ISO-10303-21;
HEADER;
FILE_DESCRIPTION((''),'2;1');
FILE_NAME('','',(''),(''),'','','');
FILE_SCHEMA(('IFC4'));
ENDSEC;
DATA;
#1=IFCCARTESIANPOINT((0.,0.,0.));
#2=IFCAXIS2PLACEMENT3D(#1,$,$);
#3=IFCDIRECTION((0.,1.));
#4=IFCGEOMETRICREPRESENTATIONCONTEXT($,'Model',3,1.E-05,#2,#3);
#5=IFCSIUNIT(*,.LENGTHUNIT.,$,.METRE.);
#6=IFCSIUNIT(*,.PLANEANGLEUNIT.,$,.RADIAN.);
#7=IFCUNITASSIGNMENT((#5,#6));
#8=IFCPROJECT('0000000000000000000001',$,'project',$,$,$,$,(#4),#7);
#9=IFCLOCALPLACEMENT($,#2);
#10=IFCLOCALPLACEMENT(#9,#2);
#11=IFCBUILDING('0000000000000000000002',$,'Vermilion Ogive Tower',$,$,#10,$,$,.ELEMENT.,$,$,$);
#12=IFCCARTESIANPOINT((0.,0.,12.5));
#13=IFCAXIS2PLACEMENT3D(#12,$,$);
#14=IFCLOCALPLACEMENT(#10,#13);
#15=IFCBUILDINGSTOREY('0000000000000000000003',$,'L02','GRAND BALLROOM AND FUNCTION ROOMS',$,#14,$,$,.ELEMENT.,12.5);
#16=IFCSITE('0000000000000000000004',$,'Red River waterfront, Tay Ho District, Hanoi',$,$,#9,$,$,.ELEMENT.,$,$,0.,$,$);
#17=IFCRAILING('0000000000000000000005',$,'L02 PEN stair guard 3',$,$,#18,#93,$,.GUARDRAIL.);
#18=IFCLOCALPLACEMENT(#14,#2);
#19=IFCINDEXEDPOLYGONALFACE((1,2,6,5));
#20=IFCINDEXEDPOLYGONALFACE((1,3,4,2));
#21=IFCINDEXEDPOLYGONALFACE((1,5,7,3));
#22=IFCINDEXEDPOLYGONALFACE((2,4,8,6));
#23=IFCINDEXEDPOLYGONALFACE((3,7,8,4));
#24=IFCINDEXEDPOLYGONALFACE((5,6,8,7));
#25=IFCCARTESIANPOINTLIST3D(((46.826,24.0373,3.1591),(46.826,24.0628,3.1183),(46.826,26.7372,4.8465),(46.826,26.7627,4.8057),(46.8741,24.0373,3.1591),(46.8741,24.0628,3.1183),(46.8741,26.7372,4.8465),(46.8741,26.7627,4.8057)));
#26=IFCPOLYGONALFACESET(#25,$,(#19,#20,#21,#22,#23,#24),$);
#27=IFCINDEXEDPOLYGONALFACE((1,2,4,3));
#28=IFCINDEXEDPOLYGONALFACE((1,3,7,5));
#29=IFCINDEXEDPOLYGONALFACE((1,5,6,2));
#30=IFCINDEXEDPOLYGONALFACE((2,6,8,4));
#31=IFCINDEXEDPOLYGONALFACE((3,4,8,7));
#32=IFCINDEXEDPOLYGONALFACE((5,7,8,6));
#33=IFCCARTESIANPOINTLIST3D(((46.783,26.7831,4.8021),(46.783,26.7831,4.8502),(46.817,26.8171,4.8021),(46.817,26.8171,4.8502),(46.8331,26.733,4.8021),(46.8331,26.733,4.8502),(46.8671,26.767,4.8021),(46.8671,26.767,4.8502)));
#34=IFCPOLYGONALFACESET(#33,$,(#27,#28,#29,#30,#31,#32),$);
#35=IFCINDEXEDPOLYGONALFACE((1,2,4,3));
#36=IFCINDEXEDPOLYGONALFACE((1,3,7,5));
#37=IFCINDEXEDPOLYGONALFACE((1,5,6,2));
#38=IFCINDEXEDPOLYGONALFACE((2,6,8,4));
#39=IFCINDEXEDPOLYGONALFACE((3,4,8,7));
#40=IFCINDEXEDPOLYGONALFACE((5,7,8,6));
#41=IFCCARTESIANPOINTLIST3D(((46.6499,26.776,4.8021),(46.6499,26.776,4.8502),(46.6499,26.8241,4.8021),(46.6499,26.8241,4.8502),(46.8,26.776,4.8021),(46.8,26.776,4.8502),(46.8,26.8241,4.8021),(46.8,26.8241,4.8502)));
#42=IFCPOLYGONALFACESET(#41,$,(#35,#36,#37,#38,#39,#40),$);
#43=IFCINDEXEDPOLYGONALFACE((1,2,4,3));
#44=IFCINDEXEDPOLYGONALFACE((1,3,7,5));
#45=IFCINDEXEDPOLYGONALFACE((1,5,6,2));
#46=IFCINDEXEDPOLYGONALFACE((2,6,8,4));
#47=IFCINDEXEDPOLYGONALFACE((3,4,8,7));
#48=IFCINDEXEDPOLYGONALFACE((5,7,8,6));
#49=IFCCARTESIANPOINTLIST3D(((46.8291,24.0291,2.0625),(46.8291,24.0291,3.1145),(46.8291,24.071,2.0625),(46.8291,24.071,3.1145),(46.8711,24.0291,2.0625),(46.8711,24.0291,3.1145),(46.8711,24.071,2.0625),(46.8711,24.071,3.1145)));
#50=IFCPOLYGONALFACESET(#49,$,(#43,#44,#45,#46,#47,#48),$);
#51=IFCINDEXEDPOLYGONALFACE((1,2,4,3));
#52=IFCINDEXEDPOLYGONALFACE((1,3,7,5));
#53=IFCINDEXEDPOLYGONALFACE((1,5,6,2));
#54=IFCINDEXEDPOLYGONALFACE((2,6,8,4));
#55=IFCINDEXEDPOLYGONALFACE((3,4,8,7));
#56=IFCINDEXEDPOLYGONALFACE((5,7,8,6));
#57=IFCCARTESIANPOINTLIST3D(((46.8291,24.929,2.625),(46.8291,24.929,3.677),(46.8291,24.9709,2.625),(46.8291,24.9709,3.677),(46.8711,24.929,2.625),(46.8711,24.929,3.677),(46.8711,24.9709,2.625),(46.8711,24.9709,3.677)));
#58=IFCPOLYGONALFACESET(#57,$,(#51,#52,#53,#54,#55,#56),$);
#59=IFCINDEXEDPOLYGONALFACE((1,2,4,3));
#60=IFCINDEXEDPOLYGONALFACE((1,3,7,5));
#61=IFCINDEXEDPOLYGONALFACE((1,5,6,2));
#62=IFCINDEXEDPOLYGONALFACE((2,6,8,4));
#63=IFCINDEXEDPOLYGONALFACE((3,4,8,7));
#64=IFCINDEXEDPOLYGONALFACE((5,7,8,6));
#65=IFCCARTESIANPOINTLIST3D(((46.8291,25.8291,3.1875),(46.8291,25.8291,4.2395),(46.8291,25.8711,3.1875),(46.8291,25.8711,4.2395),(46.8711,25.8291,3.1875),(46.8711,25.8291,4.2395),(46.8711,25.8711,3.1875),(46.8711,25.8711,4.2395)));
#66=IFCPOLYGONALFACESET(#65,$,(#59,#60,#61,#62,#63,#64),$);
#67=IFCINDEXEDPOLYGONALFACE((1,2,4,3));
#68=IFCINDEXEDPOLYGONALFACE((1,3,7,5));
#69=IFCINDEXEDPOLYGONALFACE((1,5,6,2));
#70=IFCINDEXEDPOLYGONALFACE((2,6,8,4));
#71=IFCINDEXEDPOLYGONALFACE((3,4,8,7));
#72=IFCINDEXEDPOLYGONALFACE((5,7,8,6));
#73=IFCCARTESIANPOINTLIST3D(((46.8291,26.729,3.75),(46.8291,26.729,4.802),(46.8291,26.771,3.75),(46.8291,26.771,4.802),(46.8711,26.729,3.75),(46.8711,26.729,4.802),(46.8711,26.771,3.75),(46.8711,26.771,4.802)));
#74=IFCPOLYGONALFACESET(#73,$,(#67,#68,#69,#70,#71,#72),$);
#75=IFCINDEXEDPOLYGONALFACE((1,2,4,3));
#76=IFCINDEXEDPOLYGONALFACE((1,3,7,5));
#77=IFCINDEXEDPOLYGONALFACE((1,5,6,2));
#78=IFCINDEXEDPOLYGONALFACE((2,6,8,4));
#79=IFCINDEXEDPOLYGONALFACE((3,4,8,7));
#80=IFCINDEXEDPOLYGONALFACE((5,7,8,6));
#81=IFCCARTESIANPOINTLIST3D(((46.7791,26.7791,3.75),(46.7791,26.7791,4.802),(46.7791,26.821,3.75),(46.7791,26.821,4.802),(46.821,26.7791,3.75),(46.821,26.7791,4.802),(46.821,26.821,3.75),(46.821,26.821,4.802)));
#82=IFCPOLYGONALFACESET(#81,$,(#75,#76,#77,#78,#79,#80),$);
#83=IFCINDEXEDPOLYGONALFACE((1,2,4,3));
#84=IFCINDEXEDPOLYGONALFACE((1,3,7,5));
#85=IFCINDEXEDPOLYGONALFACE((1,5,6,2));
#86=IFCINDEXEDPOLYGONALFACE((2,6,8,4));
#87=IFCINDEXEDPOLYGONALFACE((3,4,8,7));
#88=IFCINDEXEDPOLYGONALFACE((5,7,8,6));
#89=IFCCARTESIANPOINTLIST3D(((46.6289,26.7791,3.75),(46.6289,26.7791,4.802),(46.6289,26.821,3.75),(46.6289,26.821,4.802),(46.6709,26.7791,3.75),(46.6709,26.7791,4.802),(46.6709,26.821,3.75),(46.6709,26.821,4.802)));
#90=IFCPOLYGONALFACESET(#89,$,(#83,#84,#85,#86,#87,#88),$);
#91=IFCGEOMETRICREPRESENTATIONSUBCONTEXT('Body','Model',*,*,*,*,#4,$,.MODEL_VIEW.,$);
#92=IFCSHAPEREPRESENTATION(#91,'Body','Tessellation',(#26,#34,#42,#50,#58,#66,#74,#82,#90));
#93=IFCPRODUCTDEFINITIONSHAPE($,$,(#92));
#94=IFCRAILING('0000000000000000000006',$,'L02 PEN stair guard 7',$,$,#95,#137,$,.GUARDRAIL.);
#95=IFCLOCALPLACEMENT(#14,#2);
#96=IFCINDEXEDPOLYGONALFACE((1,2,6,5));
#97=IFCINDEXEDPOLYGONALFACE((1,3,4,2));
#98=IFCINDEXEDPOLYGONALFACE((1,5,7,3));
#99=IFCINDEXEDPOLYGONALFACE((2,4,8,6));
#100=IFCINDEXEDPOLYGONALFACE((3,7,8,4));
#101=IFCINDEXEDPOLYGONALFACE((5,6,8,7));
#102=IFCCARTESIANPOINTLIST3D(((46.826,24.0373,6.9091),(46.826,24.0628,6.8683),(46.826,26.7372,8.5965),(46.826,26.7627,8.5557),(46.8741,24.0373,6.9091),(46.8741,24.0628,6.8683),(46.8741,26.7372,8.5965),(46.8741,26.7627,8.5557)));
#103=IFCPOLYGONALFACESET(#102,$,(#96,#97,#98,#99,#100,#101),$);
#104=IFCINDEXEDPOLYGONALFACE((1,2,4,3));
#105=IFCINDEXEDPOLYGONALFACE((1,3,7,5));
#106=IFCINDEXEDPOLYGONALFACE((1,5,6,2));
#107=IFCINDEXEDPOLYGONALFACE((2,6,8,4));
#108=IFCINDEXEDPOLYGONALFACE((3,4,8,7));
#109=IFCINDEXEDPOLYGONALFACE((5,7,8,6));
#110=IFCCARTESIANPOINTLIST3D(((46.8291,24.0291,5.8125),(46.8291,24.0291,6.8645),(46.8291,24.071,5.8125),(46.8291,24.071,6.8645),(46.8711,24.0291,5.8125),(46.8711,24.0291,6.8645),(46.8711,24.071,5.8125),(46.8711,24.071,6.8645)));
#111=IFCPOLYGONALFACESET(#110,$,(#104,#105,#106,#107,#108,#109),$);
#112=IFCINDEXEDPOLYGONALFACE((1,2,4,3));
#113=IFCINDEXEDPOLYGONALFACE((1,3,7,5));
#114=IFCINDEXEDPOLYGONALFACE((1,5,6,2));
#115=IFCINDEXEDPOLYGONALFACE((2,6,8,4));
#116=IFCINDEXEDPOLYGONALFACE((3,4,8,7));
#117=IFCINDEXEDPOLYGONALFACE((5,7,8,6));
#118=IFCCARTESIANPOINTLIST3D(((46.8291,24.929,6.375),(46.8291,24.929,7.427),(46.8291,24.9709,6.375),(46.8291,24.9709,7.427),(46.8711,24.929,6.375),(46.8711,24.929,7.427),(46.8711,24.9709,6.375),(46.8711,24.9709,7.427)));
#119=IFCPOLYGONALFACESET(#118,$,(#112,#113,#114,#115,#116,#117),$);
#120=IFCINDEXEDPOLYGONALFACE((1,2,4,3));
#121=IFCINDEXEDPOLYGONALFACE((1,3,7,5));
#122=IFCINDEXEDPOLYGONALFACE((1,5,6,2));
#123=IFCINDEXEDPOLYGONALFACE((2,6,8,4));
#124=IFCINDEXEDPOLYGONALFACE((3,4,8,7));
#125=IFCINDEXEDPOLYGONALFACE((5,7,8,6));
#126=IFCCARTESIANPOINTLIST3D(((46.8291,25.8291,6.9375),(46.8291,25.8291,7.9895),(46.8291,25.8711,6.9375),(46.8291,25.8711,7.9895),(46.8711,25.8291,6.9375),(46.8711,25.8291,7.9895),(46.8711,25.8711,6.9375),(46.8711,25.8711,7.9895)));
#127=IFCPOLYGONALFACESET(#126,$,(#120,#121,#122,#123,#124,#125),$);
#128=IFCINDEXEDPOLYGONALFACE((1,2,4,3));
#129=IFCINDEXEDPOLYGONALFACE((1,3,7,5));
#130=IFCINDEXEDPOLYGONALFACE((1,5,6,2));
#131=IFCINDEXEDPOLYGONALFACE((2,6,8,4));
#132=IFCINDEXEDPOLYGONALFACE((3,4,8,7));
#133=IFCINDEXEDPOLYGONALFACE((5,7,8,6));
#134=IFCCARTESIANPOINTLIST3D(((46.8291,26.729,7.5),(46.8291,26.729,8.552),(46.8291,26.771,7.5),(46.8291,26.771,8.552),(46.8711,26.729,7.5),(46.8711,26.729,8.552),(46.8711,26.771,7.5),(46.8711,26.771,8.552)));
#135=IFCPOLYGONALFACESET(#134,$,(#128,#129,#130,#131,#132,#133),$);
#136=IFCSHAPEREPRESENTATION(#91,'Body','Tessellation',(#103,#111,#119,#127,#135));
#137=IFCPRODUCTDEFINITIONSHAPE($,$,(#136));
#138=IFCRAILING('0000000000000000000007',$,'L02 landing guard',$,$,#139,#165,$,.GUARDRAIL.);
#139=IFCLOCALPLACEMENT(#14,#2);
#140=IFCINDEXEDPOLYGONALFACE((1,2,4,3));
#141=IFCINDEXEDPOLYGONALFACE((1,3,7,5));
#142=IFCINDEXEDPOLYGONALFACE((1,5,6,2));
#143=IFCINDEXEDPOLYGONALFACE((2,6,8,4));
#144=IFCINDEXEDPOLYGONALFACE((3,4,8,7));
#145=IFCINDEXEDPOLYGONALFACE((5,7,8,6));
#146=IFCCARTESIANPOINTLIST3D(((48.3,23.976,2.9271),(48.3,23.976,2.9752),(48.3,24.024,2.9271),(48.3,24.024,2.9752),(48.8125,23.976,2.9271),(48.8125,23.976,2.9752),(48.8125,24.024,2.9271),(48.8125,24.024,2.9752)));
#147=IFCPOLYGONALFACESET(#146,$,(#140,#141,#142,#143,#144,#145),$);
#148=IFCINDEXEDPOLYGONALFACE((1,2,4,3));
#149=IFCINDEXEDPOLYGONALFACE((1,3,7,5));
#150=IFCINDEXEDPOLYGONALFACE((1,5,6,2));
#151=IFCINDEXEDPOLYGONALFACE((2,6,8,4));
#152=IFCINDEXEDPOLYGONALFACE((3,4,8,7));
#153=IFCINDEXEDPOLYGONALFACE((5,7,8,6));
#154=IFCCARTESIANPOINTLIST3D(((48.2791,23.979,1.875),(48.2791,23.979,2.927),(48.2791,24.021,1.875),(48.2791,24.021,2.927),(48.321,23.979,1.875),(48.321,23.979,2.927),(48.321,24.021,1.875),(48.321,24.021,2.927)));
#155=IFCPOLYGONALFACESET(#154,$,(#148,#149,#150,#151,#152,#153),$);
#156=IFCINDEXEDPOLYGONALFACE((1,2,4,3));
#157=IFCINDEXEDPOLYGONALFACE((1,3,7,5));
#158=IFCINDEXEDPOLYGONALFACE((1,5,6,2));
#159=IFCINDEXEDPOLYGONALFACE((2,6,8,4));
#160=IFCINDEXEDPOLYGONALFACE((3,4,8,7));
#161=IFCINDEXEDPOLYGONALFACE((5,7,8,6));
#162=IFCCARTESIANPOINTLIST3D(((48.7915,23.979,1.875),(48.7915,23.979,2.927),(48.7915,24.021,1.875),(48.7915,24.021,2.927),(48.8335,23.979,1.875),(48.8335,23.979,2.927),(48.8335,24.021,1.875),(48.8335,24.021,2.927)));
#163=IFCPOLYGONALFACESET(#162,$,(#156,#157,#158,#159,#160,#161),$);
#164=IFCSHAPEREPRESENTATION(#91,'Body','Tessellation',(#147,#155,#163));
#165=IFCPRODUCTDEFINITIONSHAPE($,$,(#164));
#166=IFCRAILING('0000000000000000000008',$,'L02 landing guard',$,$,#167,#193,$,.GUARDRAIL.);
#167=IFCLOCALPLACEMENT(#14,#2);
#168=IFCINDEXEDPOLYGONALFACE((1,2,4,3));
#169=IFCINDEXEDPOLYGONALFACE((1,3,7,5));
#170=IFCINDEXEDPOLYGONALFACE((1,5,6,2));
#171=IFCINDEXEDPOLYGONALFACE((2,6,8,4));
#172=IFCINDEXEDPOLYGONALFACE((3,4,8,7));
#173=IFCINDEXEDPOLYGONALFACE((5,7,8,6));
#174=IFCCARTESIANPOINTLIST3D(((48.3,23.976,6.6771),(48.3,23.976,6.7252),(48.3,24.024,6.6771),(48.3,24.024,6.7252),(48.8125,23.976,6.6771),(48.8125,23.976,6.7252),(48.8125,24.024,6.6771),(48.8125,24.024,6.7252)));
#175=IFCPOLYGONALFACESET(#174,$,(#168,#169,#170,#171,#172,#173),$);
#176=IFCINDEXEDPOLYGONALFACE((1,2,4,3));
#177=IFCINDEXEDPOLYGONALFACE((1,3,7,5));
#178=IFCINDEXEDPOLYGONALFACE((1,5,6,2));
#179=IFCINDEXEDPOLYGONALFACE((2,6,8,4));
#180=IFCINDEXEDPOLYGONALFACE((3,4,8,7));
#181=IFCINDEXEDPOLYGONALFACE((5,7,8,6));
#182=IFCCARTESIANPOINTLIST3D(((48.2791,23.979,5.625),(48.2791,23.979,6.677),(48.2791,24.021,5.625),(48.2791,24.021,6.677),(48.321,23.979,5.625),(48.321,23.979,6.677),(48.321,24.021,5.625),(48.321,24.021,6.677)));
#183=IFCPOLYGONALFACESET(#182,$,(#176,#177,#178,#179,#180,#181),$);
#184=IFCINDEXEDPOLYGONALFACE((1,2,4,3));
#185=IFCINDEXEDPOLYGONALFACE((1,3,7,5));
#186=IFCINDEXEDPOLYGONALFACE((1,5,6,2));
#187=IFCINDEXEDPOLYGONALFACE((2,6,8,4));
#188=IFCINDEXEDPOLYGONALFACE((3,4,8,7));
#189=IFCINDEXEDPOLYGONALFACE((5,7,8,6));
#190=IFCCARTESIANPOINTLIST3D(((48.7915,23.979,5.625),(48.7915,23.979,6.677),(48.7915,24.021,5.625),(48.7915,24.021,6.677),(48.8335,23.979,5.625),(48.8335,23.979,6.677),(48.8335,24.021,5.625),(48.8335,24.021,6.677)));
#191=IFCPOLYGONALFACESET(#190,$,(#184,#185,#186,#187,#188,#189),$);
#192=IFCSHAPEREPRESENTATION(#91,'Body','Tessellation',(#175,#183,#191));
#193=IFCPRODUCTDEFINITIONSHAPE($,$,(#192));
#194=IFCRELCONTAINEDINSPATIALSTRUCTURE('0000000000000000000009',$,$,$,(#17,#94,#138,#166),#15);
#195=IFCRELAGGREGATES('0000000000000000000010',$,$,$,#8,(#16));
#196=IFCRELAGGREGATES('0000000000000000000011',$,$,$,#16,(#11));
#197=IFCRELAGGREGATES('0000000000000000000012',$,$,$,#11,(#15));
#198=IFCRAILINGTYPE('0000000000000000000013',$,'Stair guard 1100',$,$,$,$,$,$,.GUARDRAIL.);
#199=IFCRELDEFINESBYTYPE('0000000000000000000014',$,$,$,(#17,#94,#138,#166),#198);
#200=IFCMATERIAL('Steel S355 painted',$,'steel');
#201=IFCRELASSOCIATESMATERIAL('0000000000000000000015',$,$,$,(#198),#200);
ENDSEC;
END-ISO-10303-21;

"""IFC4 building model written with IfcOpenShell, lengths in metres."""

from ifc_helpers import new_model, si_unit, direction, frame, origin, origin_2d, place, context, subcontext, project, spatial, rectangle, extrude, material, type_object, element, save


model = new_model("IFC4")

# Units and contexts
model_context = context("Model", 3, precision=1e-05, world=origin(), true_north=direction((0.0, 1.0)))
body_context = subcontext(model_context, "Body", "Model", "MODEL_VIEW")
ifc_project = project(units=[si_unit("LENGTHUNIT", "METRE"), si_unit("PLANEANGLEUNIT", "RADIAN")], contexts=[model_context])

# Site, building, storey
site_placement = place(None, origin())
site = spatial("IfcSite", under=ifc_project, at=site_placement, Name="Red River waterfront, Tay Ho District, Hanoi", CompositionType="ELEMENT", RefElevation=0.0)
building_placement = place(site_placement, origin())
building = spatial("IfcBuilding", under=site, at=building_placement, Name="Vermilion Ogive Tower", CompositionType="ELEMENT")
storey_placement = place(building_placement, frame((0.0, 0.0, 12.5)))
storey = spatial("IfcBuildingStorey", under=building, at=storey_placement, Name="L02", Description="GRAND BALLROOM AND FUNCTION ROOMS", CompositionType="ELEMENT", Elevation=12.5)

# Railings
ifc_material_1 = material(Name="Steel S355 painted", Category="steel")
railing_type = type_object("IfcRailingType", Name="Stair guard 1100", PredefinedType="GUARDRAIL", material=ifc_material_1)
railing_1_placement = place(storey_placement, frame((46.8501, 24.05, 2.0625)))
element("IfcRailing", 1, at=railing_1_placement, inside=storey, type_object=railing_type, Name="L02 PEN stair guard 3", PredefinedType="GUARDRAIL", context=body_context, shape_type="SweptSolid", body=[
    extrude(rectangle(XDim=0.0481, YDim=0.0481, at=origin_2d()), frame((0.0, 0.0, 1.0762), z_axis=(0.0, 0.847994, 0.530006), x_axis=(-1.0, 0.0, 0.0)), (0.0, 0.0, 1.0), 3.1838),
    extrude(rectangle(XDim=0.0481, YDim=0.0481, at=origin_2d()), frame((0.0, 2.7, 2.7637), z_axis=(-0.707107, 0.707107, 0.0), x_axis=(-0.707107, -0.707107, 0.0)), (0.0, 0.0, 1.0), 0.0708),
    extrude(rectangle(XDim=0.0481, YDim=0.0481, at=origin_2d()), frame((-0.05, 2.75, 2.7637), z_axis=(-1.0, 0.0, 0.0), x_axis=(0.0, -1.0, 0.0)), (0.0, 0.0, 1.0), 0.1501),
    extrude(rectangle(XDim=0.042, YDim=0.042, at=origin_2d()), origin(), (0.0, 0.0, 1.0), 1.052),
    extrude(rectangle(XDim=0.042, YDim=0.042, at=origin_2d()), frame((0.0, 0.8999, 0.5625)), (0.0, 0.0, 1.0), 1.052),
    extrude(rectangle(XDim=0.042, YDim=0.042, at=origin_2d()), frame((0.0, 1.8, 1.125)), (0.0, 0.0, 1.0), 1.052),
    extrude(rectangle(XDim=0.042, YDim=0.042, at=origin_2d()), frame((0.0, 2.7, 1.6875)), (0.0, 0.0, 1.0), 1.052),
    extrude(rectangle(XDim=0.042, YDim=0.042, at=origin_2d()), frame((-0.05, 2.75, 1.6875)), (0.0, 0.0, 1.0), 1.052),
    extrude(rectangle(XDim=0.042, YDim=0.042, at=origin_2d()), frame((-0.2002, 2.75, 1.6875)), (0.0, 0.0, 1.0), 1.052),
])
railing_2_placement = place(storey_placement, frame((46.8501, 24.05, 5.8125)))
element("IfcRailing", 2, at=railing_2_placement, inside=storey, type_object=railing_type, Name="L02 PEN stair guard 7", PredefinedType="GUARDRAIL", context=body_context, shape_type="SweptSolid", body=[
    extrude(rectangle(XDim=0.0481, YDim=0.0481, at=origin_2d()), frame((0.0, 0.0, 1.0762), z_axis=(0.0, 0.847994, 0.530006), x_axis=(-1.0, 0.0, 0.0)), (0.0, 0.0, 1.0), 3.1838),
    extrude(rectangle(XDim=0.042, YDim=0.042, at=origin_2d()), origin(), (0.0, 0.0, 1.0), 1.052),
    extrude(rectangle(XDim=0.042, YDim=0.042, at=origin_2d()), frame((0.0, 0.8999, 0.5625)), (0.0, 0.0, 1.0), 1.052),
    extrude(rectangle(XDim=0.042, YDim=0.042, at=origin_2d()), frame((0.0, 1.8, 1.125)), (0.0, 0.0, 1.0), 1.052),
    extrude(rectangle(XDim=0.042, YDim=0.042, at=origin_2d()), frame((0.0, 2.7, 1.6875)), (0.0, 0.0, 1.0), 1.052),
])
for number, where, name in (
    (3, (48.3, 24.0, 1.875), "L02 landing guard"),
    (4, (48.3, 24.0, 5.625), "L02 landing guard"),
):
    element("IfcRailing", number, at=place(storey_placement, frame(where)), inside=storey, type_object=railing_type, Name=name, PredefinedType="GUARDRAIL", context=body_context, shape_type="SweptSolid", body=[
        extrude(rectangle(XDim=0.0481, YDim=0.0481, at=origin_2d()), frame((0.0, 0.0, 1.0762), z_axis=(1.0, 0.0, 0.0), x_axis=(0.0, 1.0, 0.0)), (0.0, 0.0, 1.0), 0.5125),
        extrude(rectangle(XDim=0.042, YDim=0.042, at=origin_2d()), origin(), (0.0, 0.0, 1.0), 1.052),
        extrude(rectangle(XDim=0.042, YDim=0.042, at=origin_2d()), frame((0.5125, 0.0, 0.0)), (0.0, 0.0, 1.0), 1.052),
    ])

save(model, "model.ifc")
